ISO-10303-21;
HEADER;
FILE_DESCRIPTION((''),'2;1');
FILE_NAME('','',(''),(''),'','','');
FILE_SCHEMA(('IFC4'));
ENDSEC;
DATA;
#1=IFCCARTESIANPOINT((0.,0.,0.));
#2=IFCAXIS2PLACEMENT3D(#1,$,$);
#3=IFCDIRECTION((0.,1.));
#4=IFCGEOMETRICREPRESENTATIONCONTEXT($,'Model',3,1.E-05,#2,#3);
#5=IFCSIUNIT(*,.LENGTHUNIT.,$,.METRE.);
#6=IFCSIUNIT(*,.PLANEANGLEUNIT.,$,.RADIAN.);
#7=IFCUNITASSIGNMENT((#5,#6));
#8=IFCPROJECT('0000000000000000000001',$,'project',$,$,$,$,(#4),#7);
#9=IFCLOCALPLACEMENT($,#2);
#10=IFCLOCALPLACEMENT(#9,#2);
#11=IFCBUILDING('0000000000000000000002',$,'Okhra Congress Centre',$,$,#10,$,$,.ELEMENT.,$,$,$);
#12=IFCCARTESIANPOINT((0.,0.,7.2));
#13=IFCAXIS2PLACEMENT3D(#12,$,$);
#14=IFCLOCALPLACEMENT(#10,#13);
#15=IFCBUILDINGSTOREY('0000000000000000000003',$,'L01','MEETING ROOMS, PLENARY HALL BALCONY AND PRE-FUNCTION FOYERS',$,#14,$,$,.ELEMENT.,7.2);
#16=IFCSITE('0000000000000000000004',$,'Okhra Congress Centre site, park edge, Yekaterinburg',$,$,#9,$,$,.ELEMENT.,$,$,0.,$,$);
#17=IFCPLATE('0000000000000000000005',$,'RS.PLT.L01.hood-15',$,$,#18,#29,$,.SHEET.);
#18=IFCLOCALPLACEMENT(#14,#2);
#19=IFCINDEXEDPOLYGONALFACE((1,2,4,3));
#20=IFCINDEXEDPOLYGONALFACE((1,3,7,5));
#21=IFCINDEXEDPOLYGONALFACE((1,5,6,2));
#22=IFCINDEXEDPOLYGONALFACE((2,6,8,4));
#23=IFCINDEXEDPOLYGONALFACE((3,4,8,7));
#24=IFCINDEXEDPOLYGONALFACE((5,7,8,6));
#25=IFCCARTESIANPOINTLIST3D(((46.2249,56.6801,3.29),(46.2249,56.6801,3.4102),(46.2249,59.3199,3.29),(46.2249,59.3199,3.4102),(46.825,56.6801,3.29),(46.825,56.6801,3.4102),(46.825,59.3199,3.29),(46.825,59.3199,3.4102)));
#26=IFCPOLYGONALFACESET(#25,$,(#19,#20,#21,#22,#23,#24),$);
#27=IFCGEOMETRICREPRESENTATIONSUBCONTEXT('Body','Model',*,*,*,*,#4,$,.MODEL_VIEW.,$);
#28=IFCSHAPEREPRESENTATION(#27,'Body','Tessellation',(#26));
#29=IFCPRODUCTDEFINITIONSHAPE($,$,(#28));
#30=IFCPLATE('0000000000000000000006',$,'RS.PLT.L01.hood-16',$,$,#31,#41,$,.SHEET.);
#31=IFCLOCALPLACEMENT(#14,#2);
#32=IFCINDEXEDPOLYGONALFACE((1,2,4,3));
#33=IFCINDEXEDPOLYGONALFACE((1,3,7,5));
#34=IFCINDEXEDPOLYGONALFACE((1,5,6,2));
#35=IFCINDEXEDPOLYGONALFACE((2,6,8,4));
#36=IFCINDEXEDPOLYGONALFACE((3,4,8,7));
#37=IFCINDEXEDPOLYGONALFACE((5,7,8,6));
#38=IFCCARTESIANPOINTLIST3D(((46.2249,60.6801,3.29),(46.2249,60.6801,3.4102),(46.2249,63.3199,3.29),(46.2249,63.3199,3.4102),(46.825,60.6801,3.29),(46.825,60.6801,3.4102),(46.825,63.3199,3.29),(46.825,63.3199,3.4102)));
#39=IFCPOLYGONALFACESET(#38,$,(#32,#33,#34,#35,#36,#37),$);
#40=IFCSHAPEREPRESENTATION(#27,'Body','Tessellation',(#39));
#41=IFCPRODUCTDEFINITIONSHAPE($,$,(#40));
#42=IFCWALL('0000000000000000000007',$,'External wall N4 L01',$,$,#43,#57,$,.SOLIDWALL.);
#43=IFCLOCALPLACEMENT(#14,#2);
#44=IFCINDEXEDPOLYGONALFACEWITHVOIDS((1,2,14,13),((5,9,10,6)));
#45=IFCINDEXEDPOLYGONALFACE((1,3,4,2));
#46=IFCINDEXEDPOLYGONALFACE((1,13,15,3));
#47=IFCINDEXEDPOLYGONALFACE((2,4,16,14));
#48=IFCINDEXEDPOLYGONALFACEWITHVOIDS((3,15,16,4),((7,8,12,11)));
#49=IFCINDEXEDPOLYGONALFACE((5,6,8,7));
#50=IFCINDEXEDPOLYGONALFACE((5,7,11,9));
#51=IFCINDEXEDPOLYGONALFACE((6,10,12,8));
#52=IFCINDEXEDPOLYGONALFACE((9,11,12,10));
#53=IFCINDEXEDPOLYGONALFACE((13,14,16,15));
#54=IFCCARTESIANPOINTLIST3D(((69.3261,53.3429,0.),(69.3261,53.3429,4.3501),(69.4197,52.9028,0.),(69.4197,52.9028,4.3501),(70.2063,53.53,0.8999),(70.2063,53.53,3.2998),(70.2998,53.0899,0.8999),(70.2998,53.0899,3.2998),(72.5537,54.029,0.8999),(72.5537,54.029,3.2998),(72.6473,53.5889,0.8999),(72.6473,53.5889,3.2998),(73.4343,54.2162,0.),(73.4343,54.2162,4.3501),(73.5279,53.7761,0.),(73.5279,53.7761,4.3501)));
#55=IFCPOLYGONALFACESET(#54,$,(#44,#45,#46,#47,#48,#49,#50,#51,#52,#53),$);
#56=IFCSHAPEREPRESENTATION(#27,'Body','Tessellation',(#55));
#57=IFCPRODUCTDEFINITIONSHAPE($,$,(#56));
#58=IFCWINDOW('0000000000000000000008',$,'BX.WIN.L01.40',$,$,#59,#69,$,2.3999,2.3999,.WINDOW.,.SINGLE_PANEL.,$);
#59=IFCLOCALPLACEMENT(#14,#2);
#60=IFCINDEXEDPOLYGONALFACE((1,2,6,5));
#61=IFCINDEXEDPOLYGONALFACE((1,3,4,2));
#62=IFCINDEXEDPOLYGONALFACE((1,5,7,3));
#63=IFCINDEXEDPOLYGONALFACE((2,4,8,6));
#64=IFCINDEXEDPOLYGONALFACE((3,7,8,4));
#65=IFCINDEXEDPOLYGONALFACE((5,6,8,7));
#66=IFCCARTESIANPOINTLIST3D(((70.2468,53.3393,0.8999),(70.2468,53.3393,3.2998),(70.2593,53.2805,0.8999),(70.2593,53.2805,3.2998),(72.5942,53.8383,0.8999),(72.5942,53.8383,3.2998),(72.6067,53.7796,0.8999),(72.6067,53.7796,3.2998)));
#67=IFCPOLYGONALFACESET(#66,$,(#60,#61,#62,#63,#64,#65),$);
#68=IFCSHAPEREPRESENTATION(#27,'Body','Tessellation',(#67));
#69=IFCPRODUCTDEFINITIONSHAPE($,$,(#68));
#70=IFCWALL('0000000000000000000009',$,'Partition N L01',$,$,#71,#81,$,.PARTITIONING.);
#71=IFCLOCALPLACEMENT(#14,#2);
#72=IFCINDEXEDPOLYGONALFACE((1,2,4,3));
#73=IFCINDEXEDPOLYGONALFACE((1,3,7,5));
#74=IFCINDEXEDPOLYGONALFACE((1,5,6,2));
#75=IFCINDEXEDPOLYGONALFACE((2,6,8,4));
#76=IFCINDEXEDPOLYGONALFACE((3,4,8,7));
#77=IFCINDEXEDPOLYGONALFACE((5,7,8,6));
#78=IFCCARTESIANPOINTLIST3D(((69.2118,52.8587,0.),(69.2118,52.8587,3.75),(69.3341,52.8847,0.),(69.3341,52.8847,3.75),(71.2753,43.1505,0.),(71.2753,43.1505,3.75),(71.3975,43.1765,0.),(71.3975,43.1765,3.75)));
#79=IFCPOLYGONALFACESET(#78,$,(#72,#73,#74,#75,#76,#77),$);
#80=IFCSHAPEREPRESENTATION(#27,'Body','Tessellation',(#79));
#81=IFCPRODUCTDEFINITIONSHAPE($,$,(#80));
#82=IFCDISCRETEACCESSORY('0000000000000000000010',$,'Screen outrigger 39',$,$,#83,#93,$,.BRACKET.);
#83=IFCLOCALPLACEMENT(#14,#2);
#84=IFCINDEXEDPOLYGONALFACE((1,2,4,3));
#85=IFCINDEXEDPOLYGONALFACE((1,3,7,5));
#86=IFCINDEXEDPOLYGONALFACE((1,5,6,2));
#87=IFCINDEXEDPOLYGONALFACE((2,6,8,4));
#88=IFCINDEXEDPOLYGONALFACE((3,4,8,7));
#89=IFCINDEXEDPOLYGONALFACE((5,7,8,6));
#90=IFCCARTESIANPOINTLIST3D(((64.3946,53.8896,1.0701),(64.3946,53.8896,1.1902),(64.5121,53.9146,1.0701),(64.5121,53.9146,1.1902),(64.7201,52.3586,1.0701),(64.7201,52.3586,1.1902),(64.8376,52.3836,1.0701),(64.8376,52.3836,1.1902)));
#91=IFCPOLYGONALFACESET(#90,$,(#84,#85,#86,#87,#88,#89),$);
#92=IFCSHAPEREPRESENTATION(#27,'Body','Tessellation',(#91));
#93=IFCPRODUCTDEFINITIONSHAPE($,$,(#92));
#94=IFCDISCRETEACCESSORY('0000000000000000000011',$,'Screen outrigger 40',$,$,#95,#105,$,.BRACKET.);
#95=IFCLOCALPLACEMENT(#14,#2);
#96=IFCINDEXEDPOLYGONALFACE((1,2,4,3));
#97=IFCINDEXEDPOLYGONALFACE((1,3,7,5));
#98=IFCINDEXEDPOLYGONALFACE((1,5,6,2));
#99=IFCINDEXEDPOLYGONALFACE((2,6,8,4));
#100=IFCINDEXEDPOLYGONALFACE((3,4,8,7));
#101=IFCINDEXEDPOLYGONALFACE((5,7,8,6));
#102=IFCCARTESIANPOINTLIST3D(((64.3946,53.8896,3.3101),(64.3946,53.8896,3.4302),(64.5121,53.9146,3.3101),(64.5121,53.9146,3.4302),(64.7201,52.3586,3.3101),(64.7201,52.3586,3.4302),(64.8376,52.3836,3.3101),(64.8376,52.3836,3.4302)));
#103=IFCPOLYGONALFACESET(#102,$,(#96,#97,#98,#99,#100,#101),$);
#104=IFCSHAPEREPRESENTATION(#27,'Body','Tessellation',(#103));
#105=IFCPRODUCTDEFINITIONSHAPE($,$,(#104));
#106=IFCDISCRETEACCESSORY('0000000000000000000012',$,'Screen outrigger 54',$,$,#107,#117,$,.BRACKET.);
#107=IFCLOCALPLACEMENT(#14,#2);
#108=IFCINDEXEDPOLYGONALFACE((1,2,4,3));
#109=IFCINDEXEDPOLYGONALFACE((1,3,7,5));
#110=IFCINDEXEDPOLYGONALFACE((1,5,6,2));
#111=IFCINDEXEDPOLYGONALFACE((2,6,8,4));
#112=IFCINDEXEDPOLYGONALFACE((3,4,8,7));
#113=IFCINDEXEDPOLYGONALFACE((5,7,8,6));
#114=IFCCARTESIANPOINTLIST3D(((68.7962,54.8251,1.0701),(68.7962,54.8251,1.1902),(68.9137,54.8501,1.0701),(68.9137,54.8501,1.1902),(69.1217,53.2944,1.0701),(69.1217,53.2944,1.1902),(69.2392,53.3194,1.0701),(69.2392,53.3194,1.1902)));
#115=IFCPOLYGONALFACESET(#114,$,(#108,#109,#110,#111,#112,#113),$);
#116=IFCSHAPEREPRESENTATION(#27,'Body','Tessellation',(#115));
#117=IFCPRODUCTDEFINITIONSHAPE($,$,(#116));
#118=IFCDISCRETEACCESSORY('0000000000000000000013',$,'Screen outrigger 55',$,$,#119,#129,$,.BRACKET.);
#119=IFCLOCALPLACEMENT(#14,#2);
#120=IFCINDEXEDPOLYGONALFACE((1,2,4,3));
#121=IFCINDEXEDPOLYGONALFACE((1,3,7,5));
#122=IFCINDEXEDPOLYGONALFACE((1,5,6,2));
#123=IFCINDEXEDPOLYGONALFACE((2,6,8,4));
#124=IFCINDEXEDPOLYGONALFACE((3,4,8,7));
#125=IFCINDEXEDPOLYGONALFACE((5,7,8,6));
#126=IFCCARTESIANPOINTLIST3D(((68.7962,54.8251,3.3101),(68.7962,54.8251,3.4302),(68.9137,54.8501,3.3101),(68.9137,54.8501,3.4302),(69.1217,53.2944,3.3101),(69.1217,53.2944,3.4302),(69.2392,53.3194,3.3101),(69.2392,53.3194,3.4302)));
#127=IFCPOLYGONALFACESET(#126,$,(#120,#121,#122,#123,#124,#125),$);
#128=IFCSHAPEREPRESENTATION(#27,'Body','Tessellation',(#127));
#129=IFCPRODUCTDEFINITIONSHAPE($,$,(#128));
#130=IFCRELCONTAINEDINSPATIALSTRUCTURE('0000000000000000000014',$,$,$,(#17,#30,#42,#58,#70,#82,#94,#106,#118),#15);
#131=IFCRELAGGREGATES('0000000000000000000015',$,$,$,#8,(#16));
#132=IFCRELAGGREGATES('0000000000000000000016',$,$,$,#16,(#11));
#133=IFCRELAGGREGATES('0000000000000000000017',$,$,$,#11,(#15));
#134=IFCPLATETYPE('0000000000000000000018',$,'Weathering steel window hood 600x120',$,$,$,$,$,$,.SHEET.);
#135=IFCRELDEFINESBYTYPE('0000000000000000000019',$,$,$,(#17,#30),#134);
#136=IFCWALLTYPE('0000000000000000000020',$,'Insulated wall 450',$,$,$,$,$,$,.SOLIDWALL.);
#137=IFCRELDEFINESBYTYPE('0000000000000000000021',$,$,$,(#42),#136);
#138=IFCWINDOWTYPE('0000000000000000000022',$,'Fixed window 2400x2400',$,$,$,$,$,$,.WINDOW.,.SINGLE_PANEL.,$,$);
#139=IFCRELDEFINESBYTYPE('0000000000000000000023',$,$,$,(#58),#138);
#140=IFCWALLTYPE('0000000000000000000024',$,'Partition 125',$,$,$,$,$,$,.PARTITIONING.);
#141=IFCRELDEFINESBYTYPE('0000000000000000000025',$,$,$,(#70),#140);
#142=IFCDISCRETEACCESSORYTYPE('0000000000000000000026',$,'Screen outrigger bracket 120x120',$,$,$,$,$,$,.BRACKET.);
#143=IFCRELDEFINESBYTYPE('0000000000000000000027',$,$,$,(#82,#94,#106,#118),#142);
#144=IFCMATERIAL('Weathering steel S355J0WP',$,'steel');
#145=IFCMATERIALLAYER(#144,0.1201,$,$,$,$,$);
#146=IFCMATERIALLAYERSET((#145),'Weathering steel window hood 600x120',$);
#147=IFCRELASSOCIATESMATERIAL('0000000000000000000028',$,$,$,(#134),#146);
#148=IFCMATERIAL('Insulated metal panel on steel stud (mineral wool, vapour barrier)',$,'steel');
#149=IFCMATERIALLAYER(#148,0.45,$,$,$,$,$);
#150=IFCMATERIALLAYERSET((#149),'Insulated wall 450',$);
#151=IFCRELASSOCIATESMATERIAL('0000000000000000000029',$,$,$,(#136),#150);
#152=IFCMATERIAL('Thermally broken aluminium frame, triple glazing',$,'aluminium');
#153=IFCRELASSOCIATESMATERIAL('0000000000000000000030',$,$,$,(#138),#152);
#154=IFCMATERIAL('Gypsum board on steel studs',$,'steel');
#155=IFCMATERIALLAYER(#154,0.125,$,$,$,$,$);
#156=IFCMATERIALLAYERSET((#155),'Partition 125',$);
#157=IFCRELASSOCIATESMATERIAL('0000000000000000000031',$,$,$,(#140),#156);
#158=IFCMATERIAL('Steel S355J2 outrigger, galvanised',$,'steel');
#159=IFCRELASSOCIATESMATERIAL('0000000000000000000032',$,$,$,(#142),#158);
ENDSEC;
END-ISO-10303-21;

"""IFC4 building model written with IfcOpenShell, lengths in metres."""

from ifc_helpers import new_model, si_unit, direction, frame, frame_2d, origin, origin_2d, place, context, subcontext, project, spatial, rectangle, extrude, material, layer, layer_set, material_profile, profile_set, type_object, element, fill, save


model = new_model("IFC4")

# Units and contexts
model_context = context("Model", 3, precision=1e-05, world=origin(), true_north=direction((0.0, 1.0)))
body_context = subcontext(model_context, "Body", "Model", "MODEL_VIEW")
ifc_project = project(units=[si_unit("LENGTHUNIT", "METRE"), si_unit("PLANEANGLEUNIT", "RADIAN")], contexts=[model_context])

# Site, building, storey
site_placement = place(None, origin())
site = spatial("IfcSite", under=ifc_project, at=site_placement, Name="Okhra Congress Centre site, park edge, Yekaterinburg", CompositionType="ELEMENT", RefElevation=0.0)
building_placement = place(site_placement, origin())
building = spatial("IfcBuilding", under=site, at=building_placement, Name="Okhra Congress Centre", CompositionType="ELEMENT")
storey_placement = place(building_placement, frame((0.0, 0.0, 7.2)))
storey = spatial("IfcBuildingStorey", under=building, at=storey_placement, Name="L01", Description="MEETING ROOMS, PLENARY HALL BALCONY AND PRE-FUNCTION FOYERS", CompositionType="ELEMENT", Elevation=7.2)

# Plates
ifc_material_1 = material(Name="Weathering steel S355J0WP", Category="steel")
ifc_layer_1 = layer(ifc_material_1, 0.1201)
ifc_layer_set_1 = layer_set([ifc_layer_1], Name="Weathering steel window hood 600x120")
plate_type_1 = type_object("IfcPlateType", Name="Weathering steel window hood 600x120", PredefinedType="SHEET", material=ifc_layer_set_1)
for number, where, z_axis, x_axis, name in (
    (1, (46.5249, 58.0, 3.29), (0.0, 0.0, 1.0), (0.0, 1.0, 0.0), "RS.PLT.L01.hood-15"),
    (2, (46.5249, 62.0, 3.29), (0.0, 0.0, 1.0), (0.0, 1.0, 0.0), "RS.PLT.L01.hood-16"),
):
    element("IfcPlate", number, at=place(storey_placement, frame(where, z_axis=z_axis, x_axis=x_axis)), inside=storey, type_object=plate_type_1, Name=name, PredefinedType="SHEET", context=body_context, shape_type="SweptSolid", body=[
        extrude(rectangle(XDim=2.6399, YDim=0.6001, at=origin_2d()), origin(), (0.0, 0.0, 1.0), 0.1201),
    ])

# Wall, opening, window
ifc_material_2 = material(Name="Insulated metal panel on steel stud (mineral wool, vapour barrier)", Category="steel")
ifc_layer_2 = layer(ifc_material_2, 0.45)
ifc_layer_set_2 = layer_set([ifc_layer_2], Name="Insulated wall 450")
wall_type_1 = type_object("IfcWallType", Name="Insulated wall 450", PredefinedType="SOLIDWALL", material=ifc_layer_set_2)
wall_1_placement = place(storey_placement, frame((69.3728, 53.1228, 0.0), z_axis=(0.0, 0.0, 1.0), x_axis=(0.978144, 0.207929, 0.0)))
wall_1 = element("IfcWall", 3, at=wall_1_placement, inside=storey, type_object=wall_type_1, Name="External wall N4 L01", PredefinedType="SOLIDWALL", context=body_context, shape_type="SweptSolid", body=[
    extrude(rectangle(XDim=4.2, YDim=0.45, at=frame_2d((2.1001, 0.0))), origin(), (0.0, 0.0, 1.0), 4.3501),
])
opening_placement = place(wall_1_placement, frame((0.8999, 0.0, 0.8999)))
opening = element("IfcOpeningElement", 4, at=opening_placement, cuts=wall_1, PredefinedType="OPENING", context=body_context, shape_type="SweptSolid", body=[
    extrude(rectangle(XDim=2.3999, YDim=2.3999, at=frame_2d((1.2, 1.2))), frame((0.0, 0.2349, 0.0), z_axis=(0.0, -1.0, 0.0), x_axis=(1.0, 0.0, 0.0)), (0.0, 0.0, 1.0), 0.47),
])
ifc_material_3 = material(Name="Thermally broken aluminium frame, triple glazing", Category="aluminium")
window_type = type_object("IfcWindowType", Name="Fixed window 2400x2400", PartitioningType="SINGLE_PANEL", PredefinedType="WINDOW", material=ifc_material_3)
window_placement = place(opening_placement, origin())
window = element("IfcWindow", 5, at=window_placement, inside=storey, type_object=window_type, Name="BX.WIN.L01.40", OverallHeight=2.3999, OverallWidth=2.3999, PartitioningType="SINGLE_PANEL", PredefinedType="WINDOW", context=body_context, shape_type="SweptSolid", body=[
    extrude(rectangle(XDim=2.3999, YDim=2.3999, at=frame_2d((1.2, 1.2))), frame((0.0, 0.03, 0.0), z_axis=(0.0, -1.0, 0.0), x_axis=(1.0, 0.0, 0.0)), (0.0, 0.0, 1.0), 0.0601),
])
fill(opening, window)

# Wall
ifc_material_4 = material(Name="Gypsum board on steel studs", Category="steel")
ifc_layer_3 = layer(ifc_material_4, 0.125)
ifc_layer_set_3 = layer_set([ifc_layer_3], Name="Partition 125")
wall_type_2 = type_object("IfcWallType", Name="Partition 125", PredefinedType="PARTITIONING", material=ifc_layer_set_3)
wall_2_placement = place(storey_placement, frame((69.2729, 52.8716, 0.0), z_axis=(0.0, 0.0, 1.0), x_axis=(0.207904, -0.978149, 0.0)))
element("IfcWall", 6, at=wall_2_placement, inside=storey, type_object=wall_type_2, Name="Partition N L01", PredefinedType="PARTITIONING", context=body_context, shape_type="SweptSolid", body=[
    extrude(rectangle(XDim=9.925, YDim=0.125, at=frame_2d((4.9624, 0.0))), origin(), (0.0, 0.0, 1.0), 3.75),
])

# Discrete accessories
ifc_material_5 = material(Name="Steel S355J2 outrigger, galvanised", Category="steel")
ifc_material_profile_1 = material_profile(ifc_material_5, rectangle(XDim=0.1201, YDim=0.1201, at=origin_2d()), Name="Screen outrigger bracket 120x120")
ifc_profile_set_1 = profile_set([ifc_material_profile_1], Name="Steel S355J2 outrigger, galvanised")
discrete_accessory_type = type_object("IfcDiscreteAccessoryType", Name="Screen outrigger bracket 120x120", PredefinedType="BRACKET", material=ifc_profile_set_1)
for number, where, z_axis, x_axis, name in (
    (7, (64.7788, 52.3711, 1.1301), (-0.20792, 0.978146, 0.0), (-0.978146, -0.20792, 0.0), "Screen outrigger 39"),
    (8, (64.7788, 52.3711, 3.3701), (-0.20792, 0.978146, 0.0), (-0.978146, -0.20792, 0.0), "Screen outrigger 40"),
):
    element("IfcDiscreteAccessory", number, at=place(storey_placement, frame(where, z_axis=z_axis, x_axis=x_axis)), inside=storey, type_object=discrete_accessory_type, Name=name, PredefinedType="BRACKET", context=body_context, shape_type="SweptSolid", body=[
        extrude(rectangle(XDim=0.1201, YDim=0.1201, at=origin_2d()), origin(), (0.0, 0.0, 1.0), 1.5652),
    ])
for number, where, z_axis, x_axis, name in (
    (9, (69.1804, 53.3069, 1.1301), (-0.207952, 0.978139, 0.0), (-0.978139, -0.207952, 0.0), "Screen outrigger 54"),
    (10, (69.1804, 53.3069, 3.3701), (-0.207952, 0.978139, 0.0), (-0.978139, -0.207952, 0.0), "Screen outrigger 55"),
):
    element("IfcDiscreteAccessory", number, at=place(storey_placement, frame(where, z_axis=z_axis, x_axis=x_axis)), inside=storey, type_object=discrete_accessory_type, Name=name, PredefinedType="BRACKET", context=body_context, shape_type="SweptSolid", body=[
        extrude(rectangle(XDim=0.1201, YDim=0.1201, at=origin_2d()), origin(), (0.0, 0.0, 1.0), 1.5649),
    ])

save(model, "model.ifc")
